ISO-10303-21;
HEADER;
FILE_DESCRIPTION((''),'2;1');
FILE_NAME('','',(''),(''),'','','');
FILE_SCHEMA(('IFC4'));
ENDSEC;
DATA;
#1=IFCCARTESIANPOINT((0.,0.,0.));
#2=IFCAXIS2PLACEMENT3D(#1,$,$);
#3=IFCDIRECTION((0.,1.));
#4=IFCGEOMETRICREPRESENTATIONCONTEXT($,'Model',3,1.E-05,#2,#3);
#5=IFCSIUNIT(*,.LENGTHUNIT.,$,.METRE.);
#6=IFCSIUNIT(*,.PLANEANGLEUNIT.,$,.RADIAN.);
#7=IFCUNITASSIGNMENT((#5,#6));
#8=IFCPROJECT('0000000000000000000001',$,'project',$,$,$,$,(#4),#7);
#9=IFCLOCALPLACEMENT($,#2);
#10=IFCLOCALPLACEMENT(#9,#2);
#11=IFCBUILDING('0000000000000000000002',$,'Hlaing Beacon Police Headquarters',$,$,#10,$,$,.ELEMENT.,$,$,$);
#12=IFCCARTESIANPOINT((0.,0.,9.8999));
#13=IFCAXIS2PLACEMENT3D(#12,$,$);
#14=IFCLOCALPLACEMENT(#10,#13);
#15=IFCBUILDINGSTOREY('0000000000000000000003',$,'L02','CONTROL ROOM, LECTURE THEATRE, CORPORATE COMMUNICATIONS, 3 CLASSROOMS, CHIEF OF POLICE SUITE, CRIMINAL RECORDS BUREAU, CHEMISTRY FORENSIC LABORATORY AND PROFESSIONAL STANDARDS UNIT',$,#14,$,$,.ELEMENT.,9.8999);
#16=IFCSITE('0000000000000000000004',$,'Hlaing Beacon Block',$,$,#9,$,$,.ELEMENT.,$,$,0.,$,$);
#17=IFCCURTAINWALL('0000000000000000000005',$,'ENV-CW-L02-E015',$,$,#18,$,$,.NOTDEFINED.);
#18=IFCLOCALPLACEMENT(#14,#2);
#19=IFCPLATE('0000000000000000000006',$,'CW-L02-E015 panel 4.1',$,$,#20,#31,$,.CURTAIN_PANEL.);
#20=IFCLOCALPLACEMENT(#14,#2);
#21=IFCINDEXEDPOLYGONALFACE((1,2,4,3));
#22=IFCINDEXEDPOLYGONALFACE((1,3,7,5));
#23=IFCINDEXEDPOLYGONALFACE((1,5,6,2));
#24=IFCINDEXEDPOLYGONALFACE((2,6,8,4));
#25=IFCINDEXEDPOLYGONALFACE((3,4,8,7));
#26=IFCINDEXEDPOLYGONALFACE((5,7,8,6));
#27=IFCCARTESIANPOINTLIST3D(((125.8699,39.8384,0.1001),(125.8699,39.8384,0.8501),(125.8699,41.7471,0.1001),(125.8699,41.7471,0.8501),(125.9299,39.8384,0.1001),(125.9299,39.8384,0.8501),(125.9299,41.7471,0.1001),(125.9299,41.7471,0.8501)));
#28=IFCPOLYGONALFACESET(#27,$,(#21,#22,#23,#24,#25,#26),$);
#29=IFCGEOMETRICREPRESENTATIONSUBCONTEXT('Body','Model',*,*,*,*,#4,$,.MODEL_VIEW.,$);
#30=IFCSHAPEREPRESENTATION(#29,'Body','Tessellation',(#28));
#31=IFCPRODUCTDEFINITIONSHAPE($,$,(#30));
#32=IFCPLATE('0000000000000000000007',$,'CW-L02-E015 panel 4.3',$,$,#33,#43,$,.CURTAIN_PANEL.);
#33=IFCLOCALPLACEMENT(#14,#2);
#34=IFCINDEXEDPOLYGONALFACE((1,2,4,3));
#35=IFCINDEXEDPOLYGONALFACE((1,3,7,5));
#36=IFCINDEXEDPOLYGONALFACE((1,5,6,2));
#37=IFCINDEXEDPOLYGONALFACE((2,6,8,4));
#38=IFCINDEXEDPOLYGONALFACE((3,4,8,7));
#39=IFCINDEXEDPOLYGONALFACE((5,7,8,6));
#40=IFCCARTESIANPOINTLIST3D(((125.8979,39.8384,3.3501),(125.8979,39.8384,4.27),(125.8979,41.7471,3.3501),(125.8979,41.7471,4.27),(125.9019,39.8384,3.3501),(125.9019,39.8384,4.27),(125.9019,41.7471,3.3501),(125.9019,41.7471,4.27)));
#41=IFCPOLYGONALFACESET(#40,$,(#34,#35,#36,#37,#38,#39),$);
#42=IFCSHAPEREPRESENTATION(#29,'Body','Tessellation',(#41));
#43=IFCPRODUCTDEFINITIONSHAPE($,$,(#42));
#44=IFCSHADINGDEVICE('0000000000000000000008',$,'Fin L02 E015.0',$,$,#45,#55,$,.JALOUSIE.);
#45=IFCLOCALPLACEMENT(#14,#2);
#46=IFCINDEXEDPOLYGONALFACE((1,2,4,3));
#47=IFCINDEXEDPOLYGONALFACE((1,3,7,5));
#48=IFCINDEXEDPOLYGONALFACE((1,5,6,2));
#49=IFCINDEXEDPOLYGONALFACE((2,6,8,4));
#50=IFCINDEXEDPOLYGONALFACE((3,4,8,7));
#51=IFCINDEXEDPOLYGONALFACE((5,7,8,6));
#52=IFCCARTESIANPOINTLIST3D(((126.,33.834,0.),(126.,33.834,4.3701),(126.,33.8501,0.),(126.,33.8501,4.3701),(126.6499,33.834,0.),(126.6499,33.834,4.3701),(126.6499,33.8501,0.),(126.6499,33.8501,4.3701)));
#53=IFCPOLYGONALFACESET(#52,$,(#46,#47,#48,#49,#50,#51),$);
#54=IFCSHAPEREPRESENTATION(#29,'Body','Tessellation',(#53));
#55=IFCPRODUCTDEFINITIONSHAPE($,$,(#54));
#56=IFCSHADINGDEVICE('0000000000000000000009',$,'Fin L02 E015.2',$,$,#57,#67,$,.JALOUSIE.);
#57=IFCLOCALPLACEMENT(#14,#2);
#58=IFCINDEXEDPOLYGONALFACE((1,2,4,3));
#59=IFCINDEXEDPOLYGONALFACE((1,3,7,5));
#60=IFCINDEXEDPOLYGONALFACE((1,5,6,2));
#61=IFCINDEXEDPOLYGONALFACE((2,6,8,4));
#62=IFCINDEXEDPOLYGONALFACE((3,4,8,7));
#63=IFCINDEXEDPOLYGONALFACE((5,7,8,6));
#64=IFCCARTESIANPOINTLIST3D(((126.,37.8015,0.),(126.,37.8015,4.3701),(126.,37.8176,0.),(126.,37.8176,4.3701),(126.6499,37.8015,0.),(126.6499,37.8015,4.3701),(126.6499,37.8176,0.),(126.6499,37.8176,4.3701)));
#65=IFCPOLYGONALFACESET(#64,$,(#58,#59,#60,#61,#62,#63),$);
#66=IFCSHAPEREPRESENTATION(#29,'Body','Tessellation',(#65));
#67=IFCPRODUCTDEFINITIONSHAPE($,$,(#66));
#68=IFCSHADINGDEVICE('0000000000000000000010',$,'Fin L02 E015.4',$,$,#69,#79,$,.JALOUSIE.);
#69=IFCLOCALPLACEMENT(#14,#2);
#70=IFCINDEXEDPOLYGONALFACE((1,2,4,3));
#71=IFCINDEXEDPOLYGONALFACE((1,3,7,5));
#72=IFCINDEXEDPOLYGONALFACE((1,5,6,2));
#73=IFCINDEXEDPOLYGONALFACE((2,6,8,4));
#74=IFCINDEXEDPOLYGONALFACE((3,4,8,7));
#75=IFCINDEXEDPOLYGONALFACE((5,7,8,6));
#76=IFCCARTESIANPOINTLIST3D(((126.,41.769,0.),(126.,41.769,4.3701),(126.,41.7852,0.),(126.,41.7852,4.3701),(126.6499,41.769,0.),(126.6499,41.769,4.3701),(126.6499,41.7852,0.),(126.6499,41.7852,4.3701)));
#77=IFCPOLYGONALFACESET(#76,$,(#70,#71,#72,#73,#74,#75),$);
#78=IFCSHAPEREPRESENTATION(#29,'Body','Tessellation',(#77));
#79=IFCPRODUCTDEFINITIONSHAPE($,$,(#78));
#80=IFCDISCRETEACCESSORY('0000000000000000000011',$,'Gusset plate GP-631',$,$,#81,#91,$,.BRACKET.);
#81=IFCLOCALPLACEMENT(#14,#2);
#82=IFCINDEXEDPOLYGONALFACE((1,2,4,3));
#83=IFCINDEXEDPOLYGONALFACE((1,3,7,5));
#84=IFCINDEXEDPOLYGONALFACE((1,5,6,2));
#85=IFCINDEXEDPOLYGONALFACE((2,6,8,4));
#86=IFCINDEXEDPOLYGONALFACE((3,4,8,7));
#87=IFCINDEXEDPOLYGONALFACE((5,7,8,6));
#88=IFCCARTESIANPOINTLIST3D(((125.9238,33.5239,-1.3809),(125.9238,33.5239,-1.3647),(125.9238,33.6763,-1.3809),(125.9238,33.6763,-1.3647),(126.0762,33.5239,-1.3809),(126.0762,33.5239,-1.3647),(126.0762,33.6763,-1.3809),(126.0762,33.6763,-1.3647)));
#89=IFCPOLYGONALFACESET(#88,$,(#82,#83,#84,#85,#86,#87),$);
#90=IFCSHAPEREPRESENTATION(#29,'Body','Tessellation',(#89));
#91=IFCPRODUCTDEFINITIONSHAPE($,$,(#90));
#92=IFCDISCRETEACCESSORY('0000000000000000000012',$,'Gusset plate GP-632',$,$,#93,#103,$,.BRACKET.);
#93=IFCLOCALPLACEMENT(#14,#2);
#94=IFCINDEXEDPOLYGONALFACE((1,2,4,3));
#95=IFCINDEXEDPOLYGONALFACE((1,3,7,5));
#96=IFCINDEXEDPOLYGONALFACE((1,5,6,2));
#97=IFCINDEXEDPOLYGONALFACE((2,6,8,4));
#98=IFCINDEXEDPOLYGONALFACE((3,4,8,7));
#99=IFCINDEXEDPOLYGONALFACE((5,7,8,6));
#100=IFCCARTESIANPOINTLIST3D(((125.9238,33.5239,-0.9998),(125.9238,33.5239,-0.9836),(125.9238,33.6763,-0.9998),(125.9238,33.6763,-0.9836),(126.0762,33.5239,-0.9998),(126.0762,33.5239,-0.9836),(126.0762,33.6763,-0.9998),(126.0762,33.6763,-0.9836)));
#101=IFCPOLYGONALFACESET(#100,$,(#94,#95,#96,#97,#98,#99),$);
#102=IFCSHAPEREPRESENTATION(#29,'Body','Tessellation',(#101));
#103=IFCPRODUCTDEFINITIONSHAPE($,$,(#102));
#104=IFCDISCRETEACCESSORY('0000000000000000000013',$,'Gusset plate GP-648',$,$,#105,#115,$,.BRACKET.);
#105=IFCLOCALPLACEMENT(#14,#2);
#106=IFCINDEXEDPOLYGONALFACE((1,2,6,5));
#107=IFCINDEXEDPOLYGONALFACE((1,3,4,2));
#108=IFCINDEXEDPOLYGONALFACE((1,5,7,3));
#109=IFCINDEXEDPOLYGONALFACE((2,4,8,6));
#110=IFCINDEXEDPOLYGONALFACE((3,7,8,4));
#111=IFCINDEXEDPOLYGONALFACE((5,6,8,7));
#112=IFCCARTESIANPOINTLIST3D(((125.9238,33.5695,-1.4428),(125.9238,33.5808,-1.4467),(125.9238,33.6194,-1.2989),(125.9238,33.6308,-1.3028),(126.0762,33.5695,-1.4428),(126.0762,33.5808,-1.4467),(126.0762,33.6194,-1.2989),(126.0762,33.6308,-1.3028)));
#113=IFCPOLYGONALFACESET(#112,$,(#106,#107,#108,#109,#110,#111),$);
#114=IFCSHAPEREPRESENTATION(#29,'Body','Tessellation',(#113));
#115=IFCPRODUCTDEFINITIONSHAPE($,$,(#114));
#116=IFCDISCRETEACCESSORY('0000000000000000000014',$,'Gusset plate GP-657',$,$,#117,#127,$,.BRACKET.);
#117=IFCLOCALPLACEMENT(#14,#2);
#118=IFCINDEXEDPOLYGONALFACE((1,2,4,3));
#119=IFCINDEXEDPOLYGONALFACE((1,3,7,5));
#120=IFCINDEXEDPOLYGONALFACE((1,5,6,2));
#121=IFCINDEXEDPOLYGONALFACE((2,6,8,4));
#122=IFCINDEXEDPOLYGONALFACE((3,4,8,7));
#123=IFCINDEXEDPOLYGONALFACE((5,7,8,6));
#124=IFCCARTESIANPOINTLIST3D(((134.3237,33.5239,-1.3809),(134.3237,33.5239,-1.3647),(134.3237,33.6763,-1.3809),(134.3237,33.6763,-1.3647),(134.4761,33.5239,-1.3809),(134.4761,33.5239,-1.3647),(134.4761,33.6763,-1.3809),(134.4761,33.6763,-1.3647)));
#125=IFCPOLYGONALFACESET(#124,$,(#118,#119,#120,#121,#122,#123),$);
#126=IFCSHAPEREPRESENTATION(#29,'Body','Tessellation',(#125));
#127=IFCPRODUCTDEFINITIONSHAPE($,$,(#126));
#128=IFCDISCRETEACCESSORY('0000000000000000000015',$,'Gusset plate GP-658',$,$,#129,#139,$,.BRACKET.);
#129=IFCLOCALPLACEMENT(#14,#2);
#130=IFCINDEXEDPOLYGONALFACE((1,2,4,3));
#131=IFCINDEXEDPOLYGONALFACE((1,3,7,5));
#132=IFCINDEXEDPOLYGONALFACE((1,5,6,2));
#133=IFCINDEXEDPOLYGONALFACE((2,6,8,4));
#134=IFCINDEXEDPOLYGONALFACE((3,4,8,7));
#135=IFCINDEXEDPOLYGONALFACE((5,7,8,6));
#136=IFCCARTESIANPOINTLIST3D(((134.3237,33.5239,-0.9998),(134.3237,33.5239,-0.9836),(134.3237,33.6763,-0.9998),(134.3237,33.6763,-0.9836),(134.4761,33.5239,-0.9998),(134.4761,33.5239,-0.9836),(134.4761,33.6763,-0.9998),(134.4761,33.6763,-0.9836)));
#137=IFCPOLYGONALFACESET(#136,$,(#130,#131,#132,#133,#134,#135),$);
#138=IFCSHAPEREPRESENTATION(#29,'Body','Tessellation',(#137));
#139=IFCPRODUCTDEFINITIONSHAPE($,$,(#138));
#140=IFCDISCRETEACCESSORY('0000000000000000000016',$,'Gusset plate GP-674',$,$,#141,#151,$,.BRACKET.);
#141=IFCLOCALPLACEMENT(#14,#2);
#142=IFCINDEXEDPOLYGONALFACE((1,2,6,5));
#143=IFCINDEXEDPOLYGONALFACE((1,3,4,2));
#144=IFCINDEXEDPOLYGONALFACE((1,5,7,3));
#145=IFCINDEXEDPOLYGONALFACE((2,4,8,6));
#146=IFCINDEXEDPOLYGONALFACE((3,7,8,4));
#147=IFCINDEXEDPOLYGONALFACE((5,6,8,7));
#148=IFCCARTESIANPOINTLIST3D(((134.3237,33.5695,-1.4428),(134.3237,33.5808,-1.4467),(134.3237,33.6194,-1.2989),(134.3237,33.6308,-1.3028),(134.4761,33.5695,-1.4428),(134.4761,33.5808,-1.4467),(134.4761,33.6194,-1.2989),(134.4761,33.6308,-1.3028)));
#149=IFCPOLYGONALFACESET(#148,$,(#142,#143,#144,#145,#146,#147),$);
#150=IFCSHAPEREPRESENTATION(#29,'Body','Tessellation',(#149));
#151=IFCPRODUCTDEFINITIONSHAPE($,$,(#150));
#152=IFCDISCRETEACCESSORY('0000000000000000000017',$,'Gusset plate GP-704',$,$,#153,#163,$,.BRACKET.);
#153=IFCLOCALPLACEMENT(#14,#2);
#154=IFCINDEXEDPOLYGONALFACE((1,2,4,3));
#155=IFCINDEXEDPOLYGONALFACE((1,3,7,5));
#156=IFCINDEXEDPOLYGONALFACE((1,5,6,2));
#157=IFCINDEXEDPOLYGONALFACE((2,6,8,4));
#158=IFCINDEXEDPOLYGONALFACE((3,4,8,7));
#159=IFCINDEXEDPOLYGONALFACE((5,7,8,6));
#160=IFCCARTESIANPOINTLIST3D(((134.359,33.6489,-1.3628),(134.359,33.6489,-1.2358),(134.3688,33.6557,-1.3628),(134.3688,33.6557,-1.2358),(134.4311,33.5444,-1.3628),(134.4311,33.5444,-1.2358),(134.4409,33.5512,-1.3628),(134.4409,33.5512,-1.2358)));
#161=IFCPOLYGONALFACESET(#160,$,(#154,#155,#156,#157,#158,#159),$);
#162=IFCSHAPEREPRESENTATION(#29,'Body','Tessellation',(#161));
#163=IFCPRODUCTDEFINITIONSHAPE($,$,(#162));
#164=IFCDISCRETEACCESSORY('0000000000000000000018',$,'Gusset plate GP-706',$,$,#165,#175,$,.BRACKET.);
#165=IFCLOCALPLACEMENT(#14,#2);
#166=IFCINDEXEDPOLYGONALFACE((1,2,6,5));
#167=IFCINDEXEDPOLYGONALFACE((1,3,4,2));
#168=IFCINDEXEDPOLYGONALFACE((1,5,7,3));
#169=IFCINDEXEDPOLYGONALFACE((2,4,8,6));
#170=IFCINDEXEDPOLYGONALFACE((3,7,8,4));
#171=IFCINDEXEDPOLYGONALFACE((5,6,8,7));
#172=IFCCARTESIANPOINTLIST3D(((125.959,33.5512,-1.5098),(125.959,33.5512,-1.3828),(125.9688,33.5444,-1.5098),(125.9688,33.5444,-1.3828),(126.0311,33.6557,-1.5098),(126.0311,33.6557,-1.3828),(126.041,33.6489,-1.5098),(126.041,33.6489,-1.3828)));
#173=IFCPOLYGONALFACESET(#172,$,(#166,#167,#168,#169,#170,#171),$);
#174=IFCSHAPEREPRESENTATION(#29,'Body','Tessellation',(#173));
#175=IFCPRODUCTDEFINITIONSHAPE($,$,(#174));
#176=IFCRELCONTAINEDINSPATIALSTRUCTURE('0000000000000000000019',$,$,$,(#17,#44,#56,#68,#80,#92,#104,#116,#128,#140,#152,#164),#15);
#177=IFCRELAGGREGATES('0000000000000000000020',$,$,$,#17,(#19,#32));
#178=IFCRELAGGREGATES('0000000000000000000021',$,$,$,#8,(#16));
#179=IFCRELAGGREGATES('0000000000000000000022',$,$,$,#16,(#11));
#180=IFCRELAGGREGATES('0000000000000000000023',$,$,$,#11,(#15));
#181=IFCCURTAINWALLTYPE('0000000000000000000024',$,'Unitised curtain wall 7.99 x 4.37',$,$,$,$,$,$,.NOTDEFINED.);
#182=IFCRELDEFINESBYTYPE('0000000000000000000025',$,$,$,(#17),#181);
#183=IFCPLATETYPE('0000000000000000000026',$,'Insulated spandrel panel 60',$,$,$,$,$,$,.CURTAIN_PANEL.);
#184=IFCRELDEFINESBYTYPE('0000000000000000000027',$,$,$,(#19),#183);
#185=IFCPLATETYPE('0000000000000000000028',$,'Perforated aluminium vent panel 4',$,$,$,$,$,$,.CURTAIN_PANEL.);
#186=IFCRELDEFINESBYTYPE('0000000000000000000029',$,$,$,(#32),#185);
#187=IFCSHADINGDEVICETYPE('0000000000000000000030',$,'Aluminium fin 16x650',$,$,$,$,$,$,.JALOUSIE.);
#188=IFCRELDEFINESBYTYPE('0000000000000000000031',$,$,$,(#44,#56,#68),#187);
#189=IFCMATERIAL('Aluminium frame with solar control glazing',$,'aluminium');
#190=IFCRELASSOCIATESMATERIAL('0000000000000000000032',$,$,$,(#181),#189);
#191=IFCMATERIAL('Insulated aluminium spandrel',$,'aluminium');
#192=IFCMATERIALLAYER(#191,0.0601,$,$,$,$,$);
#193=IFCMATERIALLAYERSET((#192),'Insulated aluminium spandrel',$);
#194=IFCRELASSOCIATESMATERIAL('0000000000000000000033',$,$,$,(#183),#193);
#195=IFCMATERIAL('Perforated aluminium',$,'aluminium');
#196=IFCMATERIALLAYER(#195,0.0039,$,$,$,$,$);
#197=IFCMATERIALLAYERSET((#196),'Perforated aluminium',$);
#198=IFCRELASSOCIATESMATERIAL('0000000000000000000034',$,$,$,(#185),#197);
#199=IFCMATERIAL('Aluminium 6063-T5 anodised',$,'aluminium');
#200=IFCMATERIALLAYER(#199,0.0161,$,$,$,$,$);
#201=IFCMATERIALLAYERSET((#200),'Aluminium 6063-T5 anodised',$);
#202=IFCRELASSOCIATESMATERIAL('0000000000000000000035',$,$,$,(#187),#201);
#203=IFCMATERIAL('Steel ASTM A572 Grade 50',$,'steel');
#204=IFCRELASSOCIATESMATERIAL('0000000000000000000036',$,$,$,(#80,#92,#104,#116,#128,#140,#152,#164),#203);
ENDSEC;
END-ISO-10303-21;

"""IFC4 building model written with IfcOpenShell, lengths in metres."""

from ifc_helpers import new_model, si_unit, direction, frame, origin, origin_2d, place, context, subcontext, project, spatial, rectangle, extrude, material, layer, layer_set, type_object, element, aggregate, save


model = new_model("IFC4")

# Units and contexts
model_context = context("Model", 3, precision=1e-05, world=origin(), true_north=direction((0.0, 1.0)))
body_context = subcontext(model_context, "Body", "Model", "MODEL_VIEW")
ifc_project = project(units=[si_unit("LENGTHUNIT", "METRE"), si_unit("PLANEANGLEUNIT", "RADIAN")], contexts=[model_context])

# Site, building, storey
site_placement = place(None, origin())
site = spatial("IfcSite", under=ifc_project, at=site_placement, Name="Hlaing Beacon Block", CompositionType="ELEMENT", RefElevation=0.0)
building_placement = place(site_placement, origin())
building = spatial("IfcBuilding", under=site, at=building_placement, Name="Hlaing Beacon Police Headquarters", CompositionType="ELEMENT")
storey_placement = place(building_placement, frame((0.0, 0.0, 9.8999)))
storey = spatial("IfcBuildingStorey", under=building, at=storey_placement, Name="L02", Description="CONTROL ROOM, LECTURE THEATRE, CORPORATE COMMUNICATIONS, 3 CLASSROOMS, CHIEF OF POLICE SUITE, CRIMINAL RECORDS BUREAU, CHEMISTRY FORENSIC LABORATORY AND PROFESSIONAL STANDARDS UNIT", CompositionType="ELEMENT", Elevation=9.8999)

# Curtain wall
ifc_material_1 = material(Name="Aluminium frame with solar control glazing", Category="aluminium")
curtain_wall_type = type_object("IfcCurtainWallType", Name="Unitised curtain wall 7.99 x 4.37", PredefinedType="NOTDEFINED", material=ifc_material_1)
curtain_wall_placement = place(storey_placement, origin())
curtain_wall = element("IfcCurtainWall", 1, at=curtain_wall_placement, inside=storey, type_object=curtain_wall_type, Name="ENV-CW-L02-E015", PredefinedType="NOTDEFINED")

# Plates
ifc_material_2 = material(Name="Insulated aluminium spandrel", Category="aluminium")
ifc_layer_1 = layer(ifc_material_2, 0.0601)
ifc_layer_set_1 = layer_set([ifc_layer_1], Name="Insulated aluminium spandrel")
plate_type_1 = type_object("IfcPlateType", Name="Insulated spandrel panel 60", PredefinedType="CURTAIN_PANEL", material=ifc_layer_set_1)
plate_1_placement = place(storey_placement, frame((125.8999, 40.7927, 0.1001), z_axis=(0.0, 0.0, 1.0), x_axis=(0.0, 1.0, 0.0)))
plate_1 = element("IfcPlate", 2, at=plate_1_placement, type_object=plate_type_1, Name="CW-L02-E015 panel 4.1", PredefinedType="CURTAIN_PANEL", context=body_context, shape_type="SweptSolid", body=[
    extrude(rectangle(XDim=1.9087, YDim=0.0601, at=origin_2d()), origin(), (0.0, 0.0, 1.0), 0.75),
])
ifc_material_3 = material(Name="Perforated aluminium", Category="aluminium")
ifc_layer_2 = layer(ifc_material_3, 0.0039)
ifc_layer_set_2 = layer_set([ifc_layer_2], Name="Perforated aluminium")
plate_type_2 = type_object("IfcPlateType", Name="Perforated aluminium vent panel 4", PredefinedType="CURTAIN_PANEL", material=ifc_layer_set_2)
plate_2_placement = place(storey_placement, frame((125.8999, 40.7927, 3.3501), z_axis=(0.0, 0.0, 1.0), x_axis=(0.0, 1.0, 0.0)))
plate_2 = element("IfcPlate", 3, at=plate_2_placement, type_object=plate_type_2, Name="CW-L02-E015 panel 4.3", PredefinedType="CURTAIN_PANEL", context=body_context, shape_type="SweptSolid", body=[
    extrude(rectangle(XDim=1.9087, YDim=0.0039, at=origin_2d()), origin(), (0.0, 0.0, 1.0), 0.9199),
])
aggregate(curtain_wall, [plate_1, plate_2])

# Shading devices
ifc_material_4 = material(Name="Aluminium 6063-T5 anodised", Category="aluminium")
ifc_layer_3 = layer(ifc_material_4, 0.0161)
ifc_layer_set_3 = layer_set([ifc_layer_3], Name="Aluminium 6063-T5 anodised")
shading_device_type = type_object("IfcShadingDeviceType", Name="Aluminium fin 16x650", PredefinedType="JALOUSIE", material=ifc_layer_set_3)
for number, where, z_axis, x_axis, name in (
    (4, (126.325, 33.842, 0.0), (0.0, 0.0, 1.0), (0.0, 1.0, 0.0), "Fin L02 E015.0"),
    (5, (126.325, 37.8096, 0.0), (0.0, 0.0, 1.0), (0.0, 1.0, 0.0), "Fin L02 E015.2"),
    (6, (126.325, 41.7771, 0.0), (0.0, 0.0, 1.0), (0.0, 1.0, 0.0), "Fin L02 E015.4"),
):
    element("IfcShadingDevice", number, at=place(storey_placement, frame(where, z_axis=z_axis, x_axis=x_axis)), inside=storey, type_object=shading_device_type, Name=name, PredefinedType="JALOUSIE", context=body_context, shape_type="SweptSolid", body=[
        extrude(rectangle(XDim=0.0161, YDim=0.6499, at=origin_2d()), origin(), (0.0, 0.0, 1.0), 4.3701),
    ])

# Discrete accessories
ifc_material_5 = material(Name="Steel ASTM A572 Grade 50", Category="steel")
for number, where, z_axis, x_axis, name in (
    (7, (126.0, 33.6001, -1.3647), (0.0, 0.0, -1.0), (1.0, 0.0, 0.0), "Gusset plate GP-631"),
    (8, (126.0, 33.6001, -0.9998), (0.0, 0.0, 1.0), (1.0, 0.0, 0.0), "Gusset plate GP-632"),
):
    element("IfcDiscreteAccessory", number, at=place(storey_placement, frame(where, z_axis=z_axis, x_axis=x_axis)), inside=storey, material=ifc_material_5, Name=name, PredefinedType="BRACKET", context=body_context, shape_type="SweptSolid", body=[
        extrude(rectangle(XDim=0.1523, YDim=0.1523, at=origin_2d()), origin(), (0.0, 0.0, 1.0), 0.0161),
    ])
discrete_accessory_1_placement = place(storey_placement, frame((126.0, 33.5945, -1.3708), z_axis=(0.0, 0.944764, -0.327752), x_axis=(-1.0, 0.0, 0.0)))
element("IfcDiscreteAccessory", 9, at=discrete_accessory_1_placement, inside=storey, material=ifc_material_5, Name="Gusset plate GP-648", PredefinedType="BRACKET", context=body_context, shape_type="SweptSolid", body=[
    extrude(rectangle(XDim=0.1523, YDim=0.1523, at=origin_2d()), origin(), (0.0, 0.0, 1.0), 0.012),
])
for number, where, z_axis, x_axis, name in (
    (10, (134.3999, 33.6001, -1.3647), (0.0, 0.0, -1.0), (1.0, 0.0, 0.0), "Gusset plate GP-657"),
    (11, (134.3999, 33.6001, -0.9998), (0.0, 0.0, 1.0), (1.0, 0.0, 0.0), "Gusset plate GP-658"),
):
    element("IfcDiscreteAccessory", number, at=place(storey_placement, frame(where, z_axis=z_axis, x_axis=x_axis)), inside=storey, material=ifc_material_5, Name=name, PredefinedType="BRACKET", context=body_context, shape_type="SweptSolid", body=[
        extrude(rectangle(XDim=0.1523, YDim=0.1523, at=origin_2d()), origin(), (0.0, 0.0, 1.0), 0.0161),
    ])
discrete_accessory_2_placement = place(storey_placement, frame((134.3999, 33.5945, -1.3708), z_axis=(0.0, 0.944764, -0.327752), x_axis=(-1.0, 0.0, 0.0)))
element("IfcDiscreteAccessory", 12, at=discrete_accessory_2_placement, inside=storey, material=ifc_material_5, Name="Gusset plate GP-674", PredefinedType="BRACKET", context=body_context, shape_type="SweptSolid", body=[
    extrude(rectangle(XDim=0.1523, YDim=0.1523, at=origin_2d()), origin(), (0.0, 0.0, 1.0), 0.012),
])
for number, where, z_axis, x_axis, name in (
    (13, (134.395, 33.5967, -1.2993), (0.822892, 0.568198, 0.0), (-0.568198, 0.822892, 0.0), "Gusset plate GP-704"),
    (14, (126.0049, 33.5967, -1.4463), (-0.822892, 0.568198, 0.0), (-0.568198, -0.822892, 0.0), "Gusset plate GP-706"),
):
    element("IfcDiscreteAccessory", number, at=place(storey_placement, frame(where, z_axis=z_axis, x_axis=x_axis)), inside=storey, material=ifc_material_5, Name=name, PredefinedType="BRACKET", context=body_context, shape_type="SweptSolid", body=[
        extrude(rectangle(XDim=0.127, YDim=0.127, at=origin_2d()), origin(), (0.0, 0.0, 1.0), 0.012),
    ])

save(model, "model.ifc")
